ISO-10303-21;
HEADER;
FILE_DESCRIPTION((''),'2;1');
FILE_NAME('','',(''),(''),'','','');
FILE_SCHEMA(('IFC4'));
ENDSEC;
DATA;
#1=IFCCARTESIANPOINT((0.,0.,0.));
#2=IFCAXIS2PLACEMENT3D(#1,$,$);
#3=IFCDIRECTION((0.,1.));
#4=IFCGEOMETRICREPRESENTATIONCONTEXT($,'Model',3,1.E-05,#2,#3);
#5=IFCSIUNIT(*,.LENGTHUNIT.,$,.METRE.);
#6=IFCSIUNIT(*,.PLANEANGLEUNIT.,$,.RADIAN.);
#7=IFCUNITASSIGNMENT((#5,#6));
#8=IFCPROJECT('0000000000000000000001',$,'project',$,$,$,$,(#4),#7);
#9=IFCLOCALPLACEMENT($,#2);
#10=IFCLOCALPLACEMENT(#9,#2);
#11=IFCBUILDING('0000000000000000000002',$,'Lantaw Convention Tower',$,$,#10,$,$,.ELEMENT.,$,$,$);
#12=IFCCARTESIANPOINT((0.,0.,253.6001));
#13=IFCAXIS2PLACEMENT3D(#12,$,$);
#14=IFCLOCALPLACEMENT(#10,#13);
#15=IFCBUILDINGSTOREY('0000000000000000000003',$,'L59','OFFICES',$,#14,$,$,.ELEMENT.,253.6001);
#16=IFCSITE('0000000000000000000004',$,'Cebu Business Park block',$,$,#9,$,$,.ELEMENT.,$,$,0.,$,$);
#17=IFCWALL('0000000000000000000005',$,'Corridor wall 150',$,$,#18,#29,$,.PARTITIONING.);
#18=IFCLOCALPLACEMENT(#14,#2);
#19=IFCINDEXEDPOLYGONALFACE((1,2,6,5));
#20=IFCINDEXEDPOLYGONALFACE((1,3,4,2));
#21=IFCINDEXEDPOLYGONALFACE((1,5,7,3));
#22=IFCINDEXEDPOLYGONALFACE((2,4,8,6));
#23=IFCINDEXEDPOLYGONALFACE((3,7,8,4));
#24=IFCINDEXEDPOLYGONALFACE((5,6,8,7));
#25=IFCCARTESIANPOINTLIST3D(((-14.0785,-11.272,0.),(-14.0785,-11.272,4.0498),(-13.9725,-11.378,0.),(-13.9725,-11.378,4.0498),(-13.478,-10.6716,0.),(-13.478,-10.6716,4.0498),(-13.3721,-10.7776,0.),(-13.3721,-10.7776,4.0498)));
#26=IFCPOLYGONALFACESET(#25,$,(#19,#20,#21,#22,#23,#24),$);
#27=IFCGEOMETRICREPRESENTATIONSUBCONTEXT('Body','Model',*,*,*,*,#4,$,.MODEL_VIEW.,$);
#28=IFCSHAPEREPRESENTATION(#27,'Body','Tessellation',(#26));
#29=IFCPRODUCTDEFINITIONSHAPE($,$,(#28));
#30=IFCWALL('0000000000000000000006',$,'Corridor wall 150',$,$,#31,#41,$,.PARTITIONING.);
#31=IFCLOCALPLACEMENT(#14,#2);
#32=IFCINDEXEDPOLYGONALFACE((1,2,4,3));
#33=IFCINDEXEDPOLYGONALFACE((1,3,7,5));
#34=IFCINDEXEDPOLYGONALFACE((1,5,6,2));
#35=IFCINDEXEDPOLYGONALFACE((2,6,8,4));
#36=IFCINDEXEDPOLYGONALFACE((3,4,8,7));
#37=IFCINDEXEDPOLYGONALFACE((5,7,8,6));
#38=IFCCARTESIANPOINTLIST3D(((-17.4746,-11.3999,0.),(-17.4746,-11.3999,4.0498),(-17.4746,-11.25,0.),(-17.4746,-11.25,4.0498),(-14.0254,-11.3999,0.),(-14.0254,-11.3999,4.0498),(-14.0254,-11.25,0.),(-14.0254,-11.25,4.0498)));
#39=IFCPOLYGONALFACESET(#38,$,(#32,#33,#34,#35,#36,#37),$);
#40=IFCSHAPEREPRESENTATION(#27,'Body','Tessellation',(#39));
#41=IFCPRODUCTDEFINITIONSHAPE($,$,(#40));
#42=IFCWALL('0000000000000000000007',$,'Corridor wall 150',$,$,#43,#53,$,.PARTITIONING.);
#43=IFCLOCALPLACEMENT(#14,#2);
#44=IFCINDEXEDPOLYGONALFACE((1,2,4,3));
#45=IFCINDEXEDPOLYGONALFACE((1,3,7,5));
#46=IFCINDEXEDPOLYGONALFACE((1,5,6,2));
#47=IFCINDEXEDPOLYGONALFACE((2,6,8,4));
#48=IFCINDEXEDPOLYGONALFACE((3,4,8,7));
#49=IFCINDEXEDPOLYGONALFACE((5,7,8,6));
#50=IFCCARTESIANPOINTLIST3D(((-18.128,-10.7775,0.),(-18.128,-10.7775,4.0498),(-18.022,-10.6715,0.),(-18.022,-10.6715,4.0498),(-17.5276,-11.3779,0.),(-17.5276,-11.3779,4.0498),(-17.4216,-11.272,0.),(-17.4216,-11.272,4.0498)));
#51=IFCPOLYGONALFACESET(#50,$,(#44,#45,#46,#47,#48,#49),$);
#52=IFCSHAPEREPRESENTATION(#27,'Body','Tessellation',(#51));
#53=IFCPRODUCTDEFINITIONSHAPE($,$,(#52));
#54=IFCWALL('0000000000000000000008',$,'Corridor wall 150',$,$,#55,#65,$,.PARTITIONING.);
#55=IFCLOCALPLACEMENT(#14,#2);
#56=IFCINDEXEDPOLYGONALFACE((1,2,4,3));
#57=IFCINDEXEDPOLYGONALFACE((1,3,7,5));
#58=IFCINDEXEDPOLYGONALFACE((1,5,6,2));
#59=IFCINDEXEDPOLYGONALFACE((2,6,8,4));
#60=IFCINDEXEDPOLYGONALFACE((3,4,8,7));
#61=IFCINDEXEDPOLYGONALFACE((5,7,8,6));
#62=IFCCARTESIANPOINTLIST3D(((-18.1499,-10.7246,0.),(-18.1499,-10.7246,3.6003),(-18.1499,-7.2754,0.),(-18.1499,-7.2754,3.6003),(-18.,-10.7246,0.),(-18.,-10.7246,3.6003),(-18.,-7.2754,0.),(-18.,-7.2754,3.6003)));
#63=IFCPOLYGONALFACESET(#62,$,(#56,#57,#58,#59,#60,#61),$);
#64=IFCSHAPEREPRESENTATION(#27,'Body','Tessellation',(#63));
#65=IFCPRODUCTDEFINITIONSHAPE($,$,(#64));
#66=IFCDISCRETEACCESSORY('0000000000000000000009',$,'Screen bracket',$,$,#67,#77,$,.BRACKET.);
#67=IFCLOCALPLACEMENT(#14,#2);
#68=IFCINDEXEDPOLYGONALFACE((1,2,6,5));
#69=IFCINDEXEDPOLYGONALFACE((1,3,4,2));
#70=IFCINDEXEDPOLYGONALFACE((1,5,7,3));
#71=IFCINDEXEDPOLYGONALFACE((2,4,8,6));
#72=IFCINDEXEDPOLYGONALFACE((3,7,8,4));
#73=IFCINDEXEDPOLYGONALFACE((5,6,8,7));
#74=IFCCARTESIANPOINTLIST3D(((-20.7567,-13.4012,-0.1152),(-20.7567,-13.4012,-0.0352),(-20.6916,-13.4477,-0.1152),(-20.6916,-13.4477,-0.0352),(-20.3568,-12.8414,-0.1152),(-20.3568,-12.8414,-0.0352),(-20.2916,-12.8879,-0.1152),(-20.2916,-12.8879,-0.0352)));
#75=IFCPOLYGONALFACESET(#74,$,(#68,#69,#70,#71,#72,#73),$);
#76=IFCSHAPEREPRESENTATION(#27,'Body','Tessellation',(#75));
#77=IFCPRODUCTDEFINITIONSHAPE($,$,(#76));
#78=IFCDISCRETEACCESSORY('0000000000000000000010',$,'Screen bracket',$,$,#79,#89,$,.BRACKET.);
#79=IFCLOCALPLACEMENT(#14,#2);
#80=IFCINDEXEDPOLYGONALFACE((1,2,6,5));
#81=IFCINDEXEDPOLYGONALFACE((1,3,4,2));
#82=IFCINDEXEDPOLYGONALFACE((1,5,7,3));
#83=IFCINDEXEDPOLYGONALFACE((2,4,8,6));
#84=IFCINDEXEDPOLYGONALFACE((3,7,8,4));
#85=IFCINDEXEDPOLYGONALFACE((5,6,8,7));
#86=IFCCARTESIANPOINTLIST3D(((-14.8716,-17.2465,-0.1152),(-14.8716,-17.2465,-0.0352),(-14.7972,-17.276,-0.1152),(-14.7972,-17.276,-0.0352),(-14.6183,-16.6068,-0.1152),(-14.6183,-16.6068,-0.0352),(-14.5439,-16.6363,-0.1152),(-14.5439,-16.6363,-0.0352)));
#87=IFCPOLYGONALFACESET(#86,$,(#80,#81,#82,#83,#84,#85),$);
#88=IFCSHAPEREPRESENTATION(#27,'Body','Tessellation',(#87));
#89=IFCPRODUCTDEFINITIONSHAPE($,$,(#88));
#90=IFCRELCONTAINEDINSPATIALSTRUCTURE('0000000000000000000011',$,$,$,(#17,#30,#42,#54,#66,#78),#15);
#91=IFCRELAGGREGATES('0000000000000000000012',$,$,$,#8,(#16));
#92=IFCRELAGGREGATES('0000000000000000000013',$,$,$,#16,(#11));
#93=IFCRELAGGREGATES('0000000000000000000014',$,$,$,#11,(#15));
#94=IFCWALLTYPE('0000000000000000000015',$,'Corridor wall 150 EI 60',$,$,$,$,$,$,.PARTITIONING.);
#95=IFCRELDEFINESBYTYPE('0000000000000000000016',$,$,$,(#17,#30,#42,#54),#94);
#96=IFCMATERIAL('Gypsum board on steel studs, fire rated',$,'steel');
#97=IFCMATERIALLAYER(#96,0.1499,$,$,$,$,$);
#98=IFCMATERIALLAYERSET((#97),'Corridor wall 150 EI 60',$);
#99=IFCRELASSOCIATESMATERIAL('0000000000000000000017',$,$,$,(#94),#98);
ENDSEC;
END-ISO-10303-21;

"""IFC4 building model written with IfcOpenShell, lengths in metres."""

from ifc_helpers import new_model, si_unit, direction, frame, frame_2d, origin, origin_2d, place, context, subcontext, project, spatial, rectangle, extrude, material, layer, layer_set, type_object, element, save


model = new_model("IFC4")

# Units and contexts
model_context = context("Model", 3, precision=1e-05, world=origin(), true_north=direction((0.0, 1.0)))
body_context = subcontext(model_context, "Body", "Model", "MODEL_VIEW")
ifc_project = project(units=[si_unit("LENGTHUNIT", "METRE"), si_unit("PLANEANGLEUNIT", "RADIAN")], contexts=[model_context])

# Site, building, storey
site_placement = place(None, origin())
site = spatial("IfcSite", under=ifc_project, at=site_placement, Name="Cebu Business Park block", CompositionType="ELEMENT", RefElevation=0.0)
building_placement = place(site_placement, origin())
building = spatial("IfcBuilding", under=site, at=building_placement, Name="Lantaw Convention Tower", CompositionType="ELEMENT")
storey_placement = place(building_placement, frame((0.0, 0.0, 253.6001)))
storey = spatial("IfcBuildingStorey", under=building, at=storey_placement, Name="L59", Description="OFFICES", CompositionType="ELEMENT", Elevation=253.6001)

# Walls
ifc_material_1 = material(Name="Gypsum board on steel studs, fire rated", Category="steel")
ifc_layer_1 = layer(ifc_material_1, 0.1499)
ifc_layer_set_1 = layer_set([ifc_layer_1], Name="Corridor wall 150 EI 60")
wall_type = type_object("IfcWallType", Name="Corridor wall 150 EI 60", PredefinedType="PARTITIONING", material=ifc_layer_set_1)
wall_1_placement = place(storey_placement, frame((-13.425, -10.7246, 0.0), z_axis=(0.0, 0.0, 1.0), x_axis=(-0.707107, -0.707107, 0.0)))
element("IfcWall", 1, at=wall_1_placement, inside=storey, type_object=wall_type, Name="Corridor wall 150", PredefinedType="PARTITIONING", context=body_context, shape_type="SweptSolid", body=[
    extrude(rectangle(XDim=0.8491, YDim=0.1499, at=frame_2d((0.4246, 0.0))), origin(), (0.0, 0.0, 1.0), 4.0498),
])
wall_2_placement = place(storey_placement, frame((-14.0254, -11.325, 0.0), z_axis=(0.0, 0.0, 1.0), x_axis=(-1.0, 0.0, 0.0)))
element("IfcWall", 2, at=wall_2_placement, inside=storey, type_object=wall_type, Name="Corridor wall 150", PredefinedType="PARTITIONING", context=body_context, shape_type="SweptSolid", body=[
    extrude(rectangle(XDim=3.4492, YDim=0.1499, at=frame_2d((1.7246, 0.0))), origin(), (0.0, 0.0, 1.0), 4.0498),
])
wall_3_placement = place(storey_placement, frame((-17.4746, -11.325, 0.0), z_axis=(0.0, 0.0, 1.0), x_axis=(-0.707107, 0.707107, 0.0)))
element("IfcWall", 3, at=wall_3_placement, inside=storey, type_object=wall_type, Name="Corridor wall 150", PredefinedType="PARTITIONING", context=body_context, shape_type="SweptSolid", body=[
    extrude(rectangle(XDim=0.8491, YDim=0.1499, at=frame_2d((0.4246, 0.0))), origin(), (0.0, 0.0, 1.0), 4.0498),
])
wall_4_placement = place(storey_placement, frame((-18.075, -10.7246, 0.0), z_axis=(0.0, 0.0, 1.0), x_axis=(0.0, 1.0, 0.0)))
element("IfcWall", 4, at=wall_4_placement, inside=storey, type_object=wall_type, Name="Corridor wall 150", PredefinedType="PARTITIONING", context=body_context, shape_type="SweptSolid", body=[
    extrude(rectangle(XDim=3.4492, YDim=0.1499, at=frame_2d((1.7246, 0.0))), origin(), (0.0, 0.0, 1.0), 3.6003),
])

# Discrete accessories
for number, where, z_axis, x_axis, name in (
    (5, (-20.5242, -13.1445, -0.1152), (0.0, 0.0, 1.0), (0.813673, -0.581323, 0.0), "Screen bracket"),
    (6, (-14.7078, -16.9414, -0.1152), (0.0, 0.0, 1.0), (0.929762, -0.368162, 0.0), "Screen bracket"),
):
    element("IfcDiscreteAccessory", number, at=place(storey_placement, frame(where, z_axis=z_axis, x_axis=x_axis)), inside=storey, Name=name, PredefinedType="BRACKET", context=body_context, shape_type="SweptSolid", body=[
        extrude(rectangle(XDim=0.0801, YDim=0.688, at=origin_2d()), origin(), (0.0, 0.0, 1.0), 0.0801),
    ])

save(model, "model.ifc")
